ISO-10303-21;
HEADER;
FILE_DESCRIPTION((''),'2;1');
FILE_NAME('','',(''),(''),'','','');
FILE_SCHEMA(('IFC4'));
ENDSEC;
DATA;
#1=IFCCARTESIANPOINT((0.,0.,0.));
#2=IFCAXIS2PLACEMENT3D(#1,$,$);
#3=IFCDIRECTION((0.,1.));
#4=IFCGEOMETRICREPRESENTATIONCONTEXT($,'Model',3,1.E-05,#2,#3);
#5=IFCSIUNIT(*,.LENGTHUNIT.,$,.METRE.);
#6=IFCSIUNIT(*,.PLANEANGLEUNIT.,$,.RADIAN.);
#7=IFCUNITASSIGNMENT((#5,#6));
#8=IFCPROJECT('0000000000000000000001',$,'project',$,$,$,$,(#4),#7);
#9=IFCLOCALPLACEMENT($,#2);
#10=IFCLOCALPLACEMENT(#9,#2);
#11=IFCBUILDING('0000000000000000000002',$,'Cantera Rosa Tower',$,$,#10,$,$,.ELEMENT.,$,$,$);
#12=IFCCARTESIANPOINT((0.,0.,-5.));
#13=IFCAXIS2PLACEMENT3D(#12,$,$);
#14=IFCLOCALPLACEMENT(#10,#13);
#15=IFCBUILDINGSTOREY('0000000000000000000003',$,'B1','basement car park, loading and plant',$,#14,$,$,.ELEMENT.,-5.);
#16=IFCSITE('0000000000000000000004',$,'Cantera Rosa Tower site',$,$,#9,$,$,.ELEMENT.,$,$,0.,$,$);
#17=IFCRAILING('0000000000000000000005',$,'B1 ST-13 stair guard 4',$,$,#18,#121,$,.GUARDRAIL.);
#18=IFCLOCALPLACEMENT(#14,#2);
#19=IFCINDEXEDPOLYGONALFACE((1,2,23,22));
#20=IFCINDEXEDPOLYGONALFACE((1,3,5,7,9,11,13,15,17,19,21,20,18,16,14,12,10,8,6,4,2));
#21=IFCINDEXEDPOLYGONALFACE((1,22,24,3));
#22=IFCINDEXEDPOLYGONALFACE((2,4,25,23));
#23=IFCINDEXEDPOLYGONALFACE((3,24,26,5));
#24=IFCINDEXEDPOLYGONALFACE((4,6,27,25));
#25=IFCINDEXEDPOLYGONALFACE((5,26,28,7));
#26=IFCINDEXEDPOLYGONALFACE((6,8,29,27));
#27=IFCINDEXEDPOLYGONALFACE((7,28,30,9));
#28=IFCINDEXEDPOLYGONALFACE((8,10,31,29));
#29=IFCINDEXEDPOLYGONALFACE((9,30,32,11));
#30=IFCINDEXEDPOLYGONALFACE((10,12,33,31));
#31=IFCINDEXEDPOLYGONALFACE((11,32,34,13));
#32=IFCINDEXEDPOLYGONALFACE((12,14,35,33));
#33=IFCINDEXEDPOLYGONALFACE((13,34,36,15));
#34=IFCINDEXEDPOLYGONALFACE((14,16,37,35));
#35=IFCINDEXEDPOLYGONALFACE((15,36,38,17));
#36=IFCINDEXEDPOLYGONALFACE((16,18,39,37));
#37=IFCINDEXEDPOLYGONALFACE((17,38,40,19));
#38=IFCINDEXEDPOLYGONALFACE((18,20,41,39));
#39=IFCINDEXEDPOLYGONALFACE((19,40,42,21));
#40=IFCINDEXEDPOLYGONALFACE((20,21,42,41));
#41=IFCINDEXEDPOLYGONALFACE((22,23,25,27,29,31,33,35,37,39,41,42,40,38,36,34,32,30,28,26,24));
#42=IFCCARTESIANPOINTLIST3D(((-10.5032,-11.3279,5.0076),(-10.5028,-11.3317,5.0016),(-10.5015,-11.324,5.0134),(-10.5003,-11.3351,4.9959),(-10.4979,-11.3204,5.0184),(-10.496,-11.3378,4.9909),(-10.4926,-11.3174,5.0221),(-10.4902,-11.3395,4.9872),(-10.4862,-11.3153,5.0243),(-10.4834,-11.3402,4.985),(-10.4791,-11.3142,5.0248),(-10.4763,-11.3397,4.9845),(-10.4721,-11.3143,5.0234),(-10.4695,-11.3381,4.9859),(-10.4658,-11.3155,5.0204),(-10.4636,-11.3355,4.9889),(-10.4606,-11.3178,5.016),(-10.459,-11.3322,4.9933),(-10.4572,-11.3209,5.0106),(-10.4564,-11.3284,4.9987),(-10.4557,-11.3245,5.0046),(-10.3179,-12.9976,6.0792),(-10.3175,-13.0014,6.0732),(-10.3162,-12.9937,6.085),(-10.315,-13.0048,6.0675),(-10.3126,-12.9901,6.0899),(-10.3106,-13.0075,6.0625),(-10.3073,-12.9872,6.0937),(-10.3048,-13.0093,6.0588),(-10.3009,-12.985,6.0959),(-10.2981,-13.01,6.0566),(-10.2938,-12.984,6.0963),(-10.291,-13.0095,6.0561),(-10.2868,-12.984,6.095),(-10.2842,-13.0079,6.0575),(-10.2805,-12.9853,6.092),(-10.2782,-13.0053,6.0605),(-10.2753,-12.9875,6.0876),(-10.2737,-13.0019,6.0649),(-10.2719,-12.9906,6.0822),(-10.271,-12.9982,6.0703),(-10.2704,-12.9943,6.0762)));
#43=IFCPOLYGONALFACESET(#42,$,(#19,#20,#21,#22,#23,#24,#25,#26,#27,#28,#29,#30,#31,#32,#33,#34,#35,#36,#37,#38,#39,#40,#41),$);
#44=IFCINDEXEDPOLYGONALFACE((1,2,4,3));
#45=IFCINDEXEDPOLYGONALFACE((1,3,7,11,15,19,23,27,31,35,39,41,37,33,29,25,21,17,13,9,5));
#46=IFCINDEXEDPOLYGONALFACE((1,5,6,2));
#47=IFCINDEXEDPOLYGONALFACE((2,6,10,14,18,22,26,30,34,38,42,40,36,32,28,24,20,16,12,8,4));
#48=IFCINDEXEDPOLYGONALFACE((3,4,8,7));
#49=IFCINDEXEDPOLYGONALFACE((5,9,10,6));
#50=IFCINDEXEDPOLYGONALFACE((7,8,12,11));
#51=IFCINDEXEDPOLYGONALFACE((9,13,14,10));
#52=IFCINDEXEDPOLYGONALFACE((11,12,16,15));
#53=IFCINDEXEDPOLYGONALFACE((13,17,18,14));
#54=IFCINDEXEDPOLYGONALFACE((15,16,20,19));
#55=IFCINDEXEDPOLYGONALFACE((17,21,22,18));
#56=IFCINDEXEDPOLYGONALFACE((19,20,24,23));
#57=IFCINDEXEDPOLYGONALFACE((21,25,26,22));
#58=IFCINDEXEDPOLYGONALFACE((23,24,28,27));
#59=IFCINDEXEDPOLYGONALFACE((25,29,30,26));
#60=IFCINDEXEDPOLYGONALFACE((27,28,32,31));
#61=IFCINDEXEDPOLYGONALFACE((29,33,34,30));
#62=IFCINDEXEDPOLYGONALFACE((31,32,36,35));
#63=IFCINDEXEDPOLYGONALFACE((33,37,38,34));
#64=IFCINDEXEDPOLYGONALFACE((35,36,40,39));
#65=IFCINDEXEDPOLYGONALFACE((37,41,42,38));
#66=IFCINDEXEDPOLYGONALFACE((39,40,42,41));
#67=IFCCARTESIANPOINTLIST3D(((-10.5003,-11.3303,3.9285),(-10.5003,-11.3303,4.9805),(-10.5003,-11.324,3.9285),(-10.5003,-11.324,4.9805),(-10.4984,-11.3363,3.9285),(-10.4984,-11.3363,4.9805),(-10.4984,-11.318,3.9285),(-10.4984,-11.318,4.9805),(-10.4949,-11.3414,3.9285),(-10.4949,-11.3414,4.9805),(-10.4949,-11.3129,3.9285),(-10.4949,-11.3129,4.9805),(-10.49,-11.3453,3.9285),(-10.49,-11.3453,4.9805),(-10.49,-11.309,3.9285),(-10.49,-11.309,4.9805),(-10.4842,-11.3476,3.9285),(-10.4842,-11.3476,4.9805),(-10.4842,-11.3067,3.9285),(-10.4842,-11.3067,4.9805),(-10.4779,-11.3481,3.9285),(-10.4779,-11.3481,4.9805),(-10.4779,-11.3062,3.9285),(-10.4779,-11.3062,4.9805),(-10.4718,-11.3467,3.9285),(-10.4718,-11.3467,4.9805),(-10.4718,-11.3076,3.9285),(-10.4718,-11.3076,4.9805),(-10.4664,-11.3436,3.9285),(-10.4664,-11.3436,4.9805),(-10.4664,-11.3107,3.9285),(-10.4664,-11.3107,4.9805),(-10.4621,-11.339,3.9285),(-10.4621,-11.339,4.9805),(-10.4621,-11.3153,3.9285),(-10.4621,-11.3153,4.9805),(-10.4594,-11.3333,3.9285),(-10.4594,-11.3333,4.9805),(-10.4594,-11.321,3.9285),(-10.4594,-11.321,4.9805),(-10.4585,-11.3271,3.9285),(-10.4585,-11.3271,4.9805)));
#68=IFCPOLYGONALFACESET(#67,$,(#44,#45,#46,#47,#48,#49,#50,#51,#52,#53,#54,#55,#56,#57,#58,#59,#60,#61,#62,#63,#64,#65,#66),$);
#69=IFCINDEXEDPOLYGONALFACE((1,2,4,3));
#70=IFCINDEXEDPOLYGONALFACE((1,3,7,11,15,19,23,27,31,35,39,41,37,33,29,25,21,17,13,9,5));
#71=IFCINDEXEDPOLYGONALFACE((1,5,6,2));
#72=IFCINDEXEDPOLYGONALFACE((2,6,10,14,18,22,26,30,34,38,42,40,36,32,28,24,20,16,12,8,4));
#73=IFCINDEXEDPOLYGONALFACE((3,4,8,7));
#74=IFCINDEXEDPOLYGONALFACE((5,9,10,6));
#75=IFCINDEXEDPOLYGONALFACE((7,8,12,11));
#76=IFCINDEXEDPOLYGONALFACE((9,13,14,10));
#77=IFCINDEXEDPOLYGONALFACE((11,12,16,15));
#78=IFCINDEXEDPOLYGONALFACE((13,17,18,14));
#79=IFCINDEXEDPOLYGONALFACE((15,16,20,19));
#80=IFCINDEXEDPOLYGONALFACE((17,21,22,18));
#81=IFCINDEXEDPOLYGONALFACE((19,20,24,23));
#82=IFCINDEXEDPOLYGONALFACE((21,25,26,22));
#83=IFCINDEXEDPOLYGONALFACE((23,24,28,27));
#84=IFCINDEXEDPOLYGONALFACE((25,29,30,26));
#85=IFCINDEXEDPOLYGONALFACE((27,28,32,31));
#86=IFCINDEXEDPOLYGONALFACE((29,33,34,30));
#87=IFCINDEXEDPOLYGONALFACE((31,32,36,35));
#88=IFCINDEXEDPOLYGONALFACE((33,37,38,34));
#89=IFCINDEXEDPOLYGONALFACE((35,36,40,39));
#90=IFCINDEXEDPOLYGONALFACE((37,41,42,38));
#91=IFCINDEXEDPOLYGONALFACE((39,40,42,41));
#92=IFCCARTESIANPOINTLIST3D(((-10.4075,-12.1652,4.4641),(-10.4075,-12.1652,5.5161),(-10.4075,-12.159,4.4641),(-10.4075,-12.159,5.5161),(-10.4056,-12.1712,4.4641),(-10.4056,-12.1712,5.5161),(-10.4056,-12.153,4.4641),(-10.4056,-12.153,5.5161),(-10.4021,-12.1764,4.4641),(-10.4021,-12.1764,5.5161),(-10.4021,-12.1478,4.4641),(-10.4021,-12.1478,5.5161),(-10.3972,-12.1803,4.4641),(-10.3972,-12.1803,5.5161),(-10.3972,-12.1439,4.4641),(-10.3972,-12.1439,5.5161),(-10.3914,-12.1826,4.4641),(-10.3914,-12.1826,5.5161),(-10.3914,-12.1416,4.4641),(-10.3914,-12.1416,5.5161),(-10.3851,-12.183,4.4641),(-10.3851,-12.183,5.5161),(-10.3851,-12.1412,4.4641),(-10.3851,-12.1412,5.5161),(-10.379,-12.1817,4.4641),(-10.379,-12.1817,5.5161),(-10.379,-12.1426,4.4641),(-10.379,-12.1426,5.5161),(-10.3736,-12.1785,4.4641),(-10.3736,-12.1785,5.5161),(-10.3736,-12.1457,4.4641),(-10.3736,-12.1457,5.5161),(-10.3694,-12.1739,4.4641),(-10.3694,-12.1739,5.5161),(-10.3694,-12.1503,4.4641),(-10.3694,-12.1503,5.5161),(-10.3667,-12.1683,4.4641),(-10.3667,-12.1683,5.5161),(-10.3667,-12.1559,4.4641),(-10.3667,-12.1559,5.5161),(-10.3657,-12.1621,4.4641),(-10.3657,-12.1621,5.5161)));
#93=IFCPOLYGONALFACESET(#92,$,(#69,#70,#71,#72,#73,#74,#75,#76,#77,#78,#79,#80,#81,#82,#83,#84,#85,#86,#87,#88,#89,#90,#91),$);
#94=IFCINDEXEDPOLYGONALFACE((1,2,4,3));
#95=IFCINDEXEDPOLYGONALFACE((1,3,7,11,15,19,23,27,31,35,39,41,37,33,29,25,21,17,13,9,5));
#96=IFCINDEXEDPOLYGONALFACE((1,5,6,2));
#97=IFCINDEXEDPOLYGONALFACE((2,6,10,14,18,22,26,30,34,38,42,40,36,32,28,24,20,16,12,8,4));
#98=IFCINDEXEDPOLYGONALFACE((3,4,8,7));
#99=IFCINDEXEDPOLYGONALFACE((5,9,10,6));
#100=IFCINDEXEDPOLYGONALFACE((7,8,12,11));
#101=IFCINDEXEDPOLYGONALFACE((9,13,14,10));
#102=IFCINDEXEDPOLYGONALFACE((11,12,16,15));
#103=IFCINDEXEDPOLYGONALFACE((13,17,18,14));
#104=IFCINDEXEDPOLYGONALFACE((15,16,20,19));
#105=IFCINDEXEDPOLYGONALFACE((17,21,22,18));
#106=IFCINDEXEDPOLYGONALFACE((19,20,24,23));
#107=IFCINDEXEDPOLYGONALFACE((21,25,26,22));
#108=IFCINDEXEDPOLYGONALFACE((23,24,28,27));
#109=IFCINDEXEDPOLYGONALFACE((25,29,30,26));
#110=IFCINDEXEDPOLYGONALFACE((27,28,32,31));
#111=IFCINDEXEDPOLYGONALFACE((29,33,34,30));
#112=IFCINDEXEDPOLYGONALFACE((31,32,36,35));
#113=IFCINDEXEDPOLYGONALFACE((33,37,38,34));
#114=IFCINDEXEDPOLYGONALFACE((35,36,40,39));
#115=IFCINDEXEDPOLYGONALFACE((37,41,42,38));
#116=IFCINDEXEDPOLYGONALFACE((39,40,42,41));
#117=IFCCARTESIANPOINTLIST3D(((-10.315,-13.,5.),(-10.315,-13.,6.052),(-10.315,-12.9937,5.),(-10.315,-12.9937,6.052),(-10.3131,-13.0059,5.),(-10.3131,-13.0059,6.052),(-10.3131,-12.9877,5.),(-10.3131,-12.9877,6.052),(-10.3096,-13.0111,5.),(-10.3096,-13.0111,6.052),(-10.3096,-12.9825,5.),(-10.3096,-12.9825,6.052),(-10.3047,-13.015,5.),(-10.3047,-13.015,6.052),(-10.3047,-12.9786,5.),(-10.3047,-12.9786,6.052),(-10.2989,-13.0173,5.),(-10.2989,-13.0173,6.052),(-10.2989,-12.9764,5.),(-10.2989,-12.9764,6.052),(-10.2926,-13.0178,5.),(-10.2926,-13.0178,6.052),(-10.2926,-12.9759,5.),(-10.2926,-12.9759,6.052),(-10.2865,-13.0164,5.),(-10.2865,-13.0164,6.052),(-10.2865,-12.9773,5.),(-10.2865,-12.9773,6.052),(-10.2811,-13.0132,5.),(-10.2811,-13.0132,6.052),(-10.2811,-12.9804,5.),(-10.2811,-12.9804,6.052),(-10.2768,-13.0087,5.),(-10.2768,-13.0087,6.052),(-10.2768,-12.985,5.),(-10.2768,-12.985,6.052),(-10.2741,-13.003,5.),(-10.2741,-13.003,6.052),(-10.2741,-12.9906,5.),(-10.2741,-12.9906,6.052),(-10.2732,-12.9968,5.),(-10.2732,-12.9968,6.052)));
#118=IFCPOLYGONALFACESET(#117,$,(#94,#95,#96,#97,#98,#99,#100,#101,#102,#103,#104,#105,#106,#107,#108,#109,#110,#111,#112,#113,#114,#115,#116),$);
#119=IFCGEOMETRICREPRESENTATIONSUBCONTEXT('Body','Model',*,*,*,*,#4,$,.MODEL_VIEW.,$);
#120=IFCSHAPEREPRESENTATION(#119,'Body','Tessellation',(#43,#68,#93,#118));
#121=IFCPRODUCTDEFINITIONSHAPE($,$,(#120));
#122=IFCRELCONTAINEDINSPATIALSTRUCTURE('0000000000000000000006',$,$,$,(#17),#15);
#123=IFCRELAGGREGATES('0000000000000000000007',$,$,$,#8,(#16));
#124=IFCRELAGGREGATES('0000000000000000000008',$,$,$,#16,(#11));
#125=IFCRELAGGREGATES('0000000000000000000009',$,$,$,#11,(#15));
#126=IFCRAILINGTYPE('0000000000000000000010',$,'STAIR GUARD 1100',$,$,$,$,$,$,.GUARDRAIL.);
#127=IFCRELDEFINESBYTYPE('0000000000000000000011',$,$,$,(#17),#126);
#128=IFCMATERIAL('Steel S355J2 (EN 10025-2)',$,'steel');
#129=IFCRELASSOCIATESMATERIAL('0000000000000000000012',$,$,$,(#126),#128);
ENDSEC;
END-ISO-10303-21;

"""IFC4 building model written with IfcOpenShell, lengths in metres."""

from ifc_helpers import new_model, si_unit, direction, frame, origin, origin_2d, place, context, subcontext, project, spatial, circle, extrude, material, type_object, element, save


model = new_model("IFC4")

# Units and contexts
model_context = context("Model", 3, precision=1e-05, world=origin(), true_north=direction((0.0, 1.0)))
body_context = subcontext(model_context, "Body", "Model", "MODEL_VIEW")
ifc_project = project(units=[si_unit("LENGTHUNIT", "METRE"), si_unit("PLANEANGLEUNIT", "RADIAN")], contexts=[model_context])

# Site, building, storey
site_placement = place(None, origin())
site = spatial("IfcSite", under=ifc_project, at=site_placement, Name="Cantera Rosa Tower site", CompositionType="ELEMENT", RefElevation=0.0)
building_placement = place(site_placement, origin())
building = spatial("IfcBuilding", under=site, at=building_placement, Name="Cantera Rosa Tower", CompositionType="ELEMENT")
storey_placement = place(building_placement, frame((0.0, 0.0, -5.0)))
storey = spatial("IfcBuildingStorey", under=building, at=storey_placement, Name="B1", Description="basement car park, loading and plant", CompositionType="ELEMENT", Elevation=-5.0)

# Railing
ifc_material_1 = material(Name="Steel S355J2 (EN 10025-2)", Category="steel")
railing_type_1 = type_object("IfcRailingType", Name="STAIR GUARD 1100", PredefinedType="GUARDRAIL", material=ifc_material_1)
railing_1_placement = place(storey_placement, frame((-10.4795, -11.3271, 3.9285)))
element("IfcRailing", 1, at=railing_1_placement, inside=storey, type_object=railing_type_1, Name="B1 ST-13 stair guard 4", PredefinedType="GUARDRAIL", context=body_context, shape_type="SweptSolid", body=[
    extrude(circle(Radius=0.0239, at=origin_2d()), frame((0.0, 0.0, 1.0762), z_axis=(0.092997, -0.837951, 0.537764), x_axis=(0.993898, 0.110304, 0.0)), (0.0, 0.0, 1.0), 1.9927),
    extrude(circle(Radius=0.021, at=origin_2d()), origin(), (0.0, 0.0, 1.0), 1.052),
    extrude(circle(Radius=0.021, at=origin_2d()), frame((0.0928, -0.835, 0.5356)), (0.0, 0.0, 1.0), 1.052),
    extrude(circle(Radius=0.021, at=origin_2d()), frame((0.1853, -1.6697, 1.0715)), (0.0, 0.0, 1.0), 1.052),
])

save(model, "model.ifc")
